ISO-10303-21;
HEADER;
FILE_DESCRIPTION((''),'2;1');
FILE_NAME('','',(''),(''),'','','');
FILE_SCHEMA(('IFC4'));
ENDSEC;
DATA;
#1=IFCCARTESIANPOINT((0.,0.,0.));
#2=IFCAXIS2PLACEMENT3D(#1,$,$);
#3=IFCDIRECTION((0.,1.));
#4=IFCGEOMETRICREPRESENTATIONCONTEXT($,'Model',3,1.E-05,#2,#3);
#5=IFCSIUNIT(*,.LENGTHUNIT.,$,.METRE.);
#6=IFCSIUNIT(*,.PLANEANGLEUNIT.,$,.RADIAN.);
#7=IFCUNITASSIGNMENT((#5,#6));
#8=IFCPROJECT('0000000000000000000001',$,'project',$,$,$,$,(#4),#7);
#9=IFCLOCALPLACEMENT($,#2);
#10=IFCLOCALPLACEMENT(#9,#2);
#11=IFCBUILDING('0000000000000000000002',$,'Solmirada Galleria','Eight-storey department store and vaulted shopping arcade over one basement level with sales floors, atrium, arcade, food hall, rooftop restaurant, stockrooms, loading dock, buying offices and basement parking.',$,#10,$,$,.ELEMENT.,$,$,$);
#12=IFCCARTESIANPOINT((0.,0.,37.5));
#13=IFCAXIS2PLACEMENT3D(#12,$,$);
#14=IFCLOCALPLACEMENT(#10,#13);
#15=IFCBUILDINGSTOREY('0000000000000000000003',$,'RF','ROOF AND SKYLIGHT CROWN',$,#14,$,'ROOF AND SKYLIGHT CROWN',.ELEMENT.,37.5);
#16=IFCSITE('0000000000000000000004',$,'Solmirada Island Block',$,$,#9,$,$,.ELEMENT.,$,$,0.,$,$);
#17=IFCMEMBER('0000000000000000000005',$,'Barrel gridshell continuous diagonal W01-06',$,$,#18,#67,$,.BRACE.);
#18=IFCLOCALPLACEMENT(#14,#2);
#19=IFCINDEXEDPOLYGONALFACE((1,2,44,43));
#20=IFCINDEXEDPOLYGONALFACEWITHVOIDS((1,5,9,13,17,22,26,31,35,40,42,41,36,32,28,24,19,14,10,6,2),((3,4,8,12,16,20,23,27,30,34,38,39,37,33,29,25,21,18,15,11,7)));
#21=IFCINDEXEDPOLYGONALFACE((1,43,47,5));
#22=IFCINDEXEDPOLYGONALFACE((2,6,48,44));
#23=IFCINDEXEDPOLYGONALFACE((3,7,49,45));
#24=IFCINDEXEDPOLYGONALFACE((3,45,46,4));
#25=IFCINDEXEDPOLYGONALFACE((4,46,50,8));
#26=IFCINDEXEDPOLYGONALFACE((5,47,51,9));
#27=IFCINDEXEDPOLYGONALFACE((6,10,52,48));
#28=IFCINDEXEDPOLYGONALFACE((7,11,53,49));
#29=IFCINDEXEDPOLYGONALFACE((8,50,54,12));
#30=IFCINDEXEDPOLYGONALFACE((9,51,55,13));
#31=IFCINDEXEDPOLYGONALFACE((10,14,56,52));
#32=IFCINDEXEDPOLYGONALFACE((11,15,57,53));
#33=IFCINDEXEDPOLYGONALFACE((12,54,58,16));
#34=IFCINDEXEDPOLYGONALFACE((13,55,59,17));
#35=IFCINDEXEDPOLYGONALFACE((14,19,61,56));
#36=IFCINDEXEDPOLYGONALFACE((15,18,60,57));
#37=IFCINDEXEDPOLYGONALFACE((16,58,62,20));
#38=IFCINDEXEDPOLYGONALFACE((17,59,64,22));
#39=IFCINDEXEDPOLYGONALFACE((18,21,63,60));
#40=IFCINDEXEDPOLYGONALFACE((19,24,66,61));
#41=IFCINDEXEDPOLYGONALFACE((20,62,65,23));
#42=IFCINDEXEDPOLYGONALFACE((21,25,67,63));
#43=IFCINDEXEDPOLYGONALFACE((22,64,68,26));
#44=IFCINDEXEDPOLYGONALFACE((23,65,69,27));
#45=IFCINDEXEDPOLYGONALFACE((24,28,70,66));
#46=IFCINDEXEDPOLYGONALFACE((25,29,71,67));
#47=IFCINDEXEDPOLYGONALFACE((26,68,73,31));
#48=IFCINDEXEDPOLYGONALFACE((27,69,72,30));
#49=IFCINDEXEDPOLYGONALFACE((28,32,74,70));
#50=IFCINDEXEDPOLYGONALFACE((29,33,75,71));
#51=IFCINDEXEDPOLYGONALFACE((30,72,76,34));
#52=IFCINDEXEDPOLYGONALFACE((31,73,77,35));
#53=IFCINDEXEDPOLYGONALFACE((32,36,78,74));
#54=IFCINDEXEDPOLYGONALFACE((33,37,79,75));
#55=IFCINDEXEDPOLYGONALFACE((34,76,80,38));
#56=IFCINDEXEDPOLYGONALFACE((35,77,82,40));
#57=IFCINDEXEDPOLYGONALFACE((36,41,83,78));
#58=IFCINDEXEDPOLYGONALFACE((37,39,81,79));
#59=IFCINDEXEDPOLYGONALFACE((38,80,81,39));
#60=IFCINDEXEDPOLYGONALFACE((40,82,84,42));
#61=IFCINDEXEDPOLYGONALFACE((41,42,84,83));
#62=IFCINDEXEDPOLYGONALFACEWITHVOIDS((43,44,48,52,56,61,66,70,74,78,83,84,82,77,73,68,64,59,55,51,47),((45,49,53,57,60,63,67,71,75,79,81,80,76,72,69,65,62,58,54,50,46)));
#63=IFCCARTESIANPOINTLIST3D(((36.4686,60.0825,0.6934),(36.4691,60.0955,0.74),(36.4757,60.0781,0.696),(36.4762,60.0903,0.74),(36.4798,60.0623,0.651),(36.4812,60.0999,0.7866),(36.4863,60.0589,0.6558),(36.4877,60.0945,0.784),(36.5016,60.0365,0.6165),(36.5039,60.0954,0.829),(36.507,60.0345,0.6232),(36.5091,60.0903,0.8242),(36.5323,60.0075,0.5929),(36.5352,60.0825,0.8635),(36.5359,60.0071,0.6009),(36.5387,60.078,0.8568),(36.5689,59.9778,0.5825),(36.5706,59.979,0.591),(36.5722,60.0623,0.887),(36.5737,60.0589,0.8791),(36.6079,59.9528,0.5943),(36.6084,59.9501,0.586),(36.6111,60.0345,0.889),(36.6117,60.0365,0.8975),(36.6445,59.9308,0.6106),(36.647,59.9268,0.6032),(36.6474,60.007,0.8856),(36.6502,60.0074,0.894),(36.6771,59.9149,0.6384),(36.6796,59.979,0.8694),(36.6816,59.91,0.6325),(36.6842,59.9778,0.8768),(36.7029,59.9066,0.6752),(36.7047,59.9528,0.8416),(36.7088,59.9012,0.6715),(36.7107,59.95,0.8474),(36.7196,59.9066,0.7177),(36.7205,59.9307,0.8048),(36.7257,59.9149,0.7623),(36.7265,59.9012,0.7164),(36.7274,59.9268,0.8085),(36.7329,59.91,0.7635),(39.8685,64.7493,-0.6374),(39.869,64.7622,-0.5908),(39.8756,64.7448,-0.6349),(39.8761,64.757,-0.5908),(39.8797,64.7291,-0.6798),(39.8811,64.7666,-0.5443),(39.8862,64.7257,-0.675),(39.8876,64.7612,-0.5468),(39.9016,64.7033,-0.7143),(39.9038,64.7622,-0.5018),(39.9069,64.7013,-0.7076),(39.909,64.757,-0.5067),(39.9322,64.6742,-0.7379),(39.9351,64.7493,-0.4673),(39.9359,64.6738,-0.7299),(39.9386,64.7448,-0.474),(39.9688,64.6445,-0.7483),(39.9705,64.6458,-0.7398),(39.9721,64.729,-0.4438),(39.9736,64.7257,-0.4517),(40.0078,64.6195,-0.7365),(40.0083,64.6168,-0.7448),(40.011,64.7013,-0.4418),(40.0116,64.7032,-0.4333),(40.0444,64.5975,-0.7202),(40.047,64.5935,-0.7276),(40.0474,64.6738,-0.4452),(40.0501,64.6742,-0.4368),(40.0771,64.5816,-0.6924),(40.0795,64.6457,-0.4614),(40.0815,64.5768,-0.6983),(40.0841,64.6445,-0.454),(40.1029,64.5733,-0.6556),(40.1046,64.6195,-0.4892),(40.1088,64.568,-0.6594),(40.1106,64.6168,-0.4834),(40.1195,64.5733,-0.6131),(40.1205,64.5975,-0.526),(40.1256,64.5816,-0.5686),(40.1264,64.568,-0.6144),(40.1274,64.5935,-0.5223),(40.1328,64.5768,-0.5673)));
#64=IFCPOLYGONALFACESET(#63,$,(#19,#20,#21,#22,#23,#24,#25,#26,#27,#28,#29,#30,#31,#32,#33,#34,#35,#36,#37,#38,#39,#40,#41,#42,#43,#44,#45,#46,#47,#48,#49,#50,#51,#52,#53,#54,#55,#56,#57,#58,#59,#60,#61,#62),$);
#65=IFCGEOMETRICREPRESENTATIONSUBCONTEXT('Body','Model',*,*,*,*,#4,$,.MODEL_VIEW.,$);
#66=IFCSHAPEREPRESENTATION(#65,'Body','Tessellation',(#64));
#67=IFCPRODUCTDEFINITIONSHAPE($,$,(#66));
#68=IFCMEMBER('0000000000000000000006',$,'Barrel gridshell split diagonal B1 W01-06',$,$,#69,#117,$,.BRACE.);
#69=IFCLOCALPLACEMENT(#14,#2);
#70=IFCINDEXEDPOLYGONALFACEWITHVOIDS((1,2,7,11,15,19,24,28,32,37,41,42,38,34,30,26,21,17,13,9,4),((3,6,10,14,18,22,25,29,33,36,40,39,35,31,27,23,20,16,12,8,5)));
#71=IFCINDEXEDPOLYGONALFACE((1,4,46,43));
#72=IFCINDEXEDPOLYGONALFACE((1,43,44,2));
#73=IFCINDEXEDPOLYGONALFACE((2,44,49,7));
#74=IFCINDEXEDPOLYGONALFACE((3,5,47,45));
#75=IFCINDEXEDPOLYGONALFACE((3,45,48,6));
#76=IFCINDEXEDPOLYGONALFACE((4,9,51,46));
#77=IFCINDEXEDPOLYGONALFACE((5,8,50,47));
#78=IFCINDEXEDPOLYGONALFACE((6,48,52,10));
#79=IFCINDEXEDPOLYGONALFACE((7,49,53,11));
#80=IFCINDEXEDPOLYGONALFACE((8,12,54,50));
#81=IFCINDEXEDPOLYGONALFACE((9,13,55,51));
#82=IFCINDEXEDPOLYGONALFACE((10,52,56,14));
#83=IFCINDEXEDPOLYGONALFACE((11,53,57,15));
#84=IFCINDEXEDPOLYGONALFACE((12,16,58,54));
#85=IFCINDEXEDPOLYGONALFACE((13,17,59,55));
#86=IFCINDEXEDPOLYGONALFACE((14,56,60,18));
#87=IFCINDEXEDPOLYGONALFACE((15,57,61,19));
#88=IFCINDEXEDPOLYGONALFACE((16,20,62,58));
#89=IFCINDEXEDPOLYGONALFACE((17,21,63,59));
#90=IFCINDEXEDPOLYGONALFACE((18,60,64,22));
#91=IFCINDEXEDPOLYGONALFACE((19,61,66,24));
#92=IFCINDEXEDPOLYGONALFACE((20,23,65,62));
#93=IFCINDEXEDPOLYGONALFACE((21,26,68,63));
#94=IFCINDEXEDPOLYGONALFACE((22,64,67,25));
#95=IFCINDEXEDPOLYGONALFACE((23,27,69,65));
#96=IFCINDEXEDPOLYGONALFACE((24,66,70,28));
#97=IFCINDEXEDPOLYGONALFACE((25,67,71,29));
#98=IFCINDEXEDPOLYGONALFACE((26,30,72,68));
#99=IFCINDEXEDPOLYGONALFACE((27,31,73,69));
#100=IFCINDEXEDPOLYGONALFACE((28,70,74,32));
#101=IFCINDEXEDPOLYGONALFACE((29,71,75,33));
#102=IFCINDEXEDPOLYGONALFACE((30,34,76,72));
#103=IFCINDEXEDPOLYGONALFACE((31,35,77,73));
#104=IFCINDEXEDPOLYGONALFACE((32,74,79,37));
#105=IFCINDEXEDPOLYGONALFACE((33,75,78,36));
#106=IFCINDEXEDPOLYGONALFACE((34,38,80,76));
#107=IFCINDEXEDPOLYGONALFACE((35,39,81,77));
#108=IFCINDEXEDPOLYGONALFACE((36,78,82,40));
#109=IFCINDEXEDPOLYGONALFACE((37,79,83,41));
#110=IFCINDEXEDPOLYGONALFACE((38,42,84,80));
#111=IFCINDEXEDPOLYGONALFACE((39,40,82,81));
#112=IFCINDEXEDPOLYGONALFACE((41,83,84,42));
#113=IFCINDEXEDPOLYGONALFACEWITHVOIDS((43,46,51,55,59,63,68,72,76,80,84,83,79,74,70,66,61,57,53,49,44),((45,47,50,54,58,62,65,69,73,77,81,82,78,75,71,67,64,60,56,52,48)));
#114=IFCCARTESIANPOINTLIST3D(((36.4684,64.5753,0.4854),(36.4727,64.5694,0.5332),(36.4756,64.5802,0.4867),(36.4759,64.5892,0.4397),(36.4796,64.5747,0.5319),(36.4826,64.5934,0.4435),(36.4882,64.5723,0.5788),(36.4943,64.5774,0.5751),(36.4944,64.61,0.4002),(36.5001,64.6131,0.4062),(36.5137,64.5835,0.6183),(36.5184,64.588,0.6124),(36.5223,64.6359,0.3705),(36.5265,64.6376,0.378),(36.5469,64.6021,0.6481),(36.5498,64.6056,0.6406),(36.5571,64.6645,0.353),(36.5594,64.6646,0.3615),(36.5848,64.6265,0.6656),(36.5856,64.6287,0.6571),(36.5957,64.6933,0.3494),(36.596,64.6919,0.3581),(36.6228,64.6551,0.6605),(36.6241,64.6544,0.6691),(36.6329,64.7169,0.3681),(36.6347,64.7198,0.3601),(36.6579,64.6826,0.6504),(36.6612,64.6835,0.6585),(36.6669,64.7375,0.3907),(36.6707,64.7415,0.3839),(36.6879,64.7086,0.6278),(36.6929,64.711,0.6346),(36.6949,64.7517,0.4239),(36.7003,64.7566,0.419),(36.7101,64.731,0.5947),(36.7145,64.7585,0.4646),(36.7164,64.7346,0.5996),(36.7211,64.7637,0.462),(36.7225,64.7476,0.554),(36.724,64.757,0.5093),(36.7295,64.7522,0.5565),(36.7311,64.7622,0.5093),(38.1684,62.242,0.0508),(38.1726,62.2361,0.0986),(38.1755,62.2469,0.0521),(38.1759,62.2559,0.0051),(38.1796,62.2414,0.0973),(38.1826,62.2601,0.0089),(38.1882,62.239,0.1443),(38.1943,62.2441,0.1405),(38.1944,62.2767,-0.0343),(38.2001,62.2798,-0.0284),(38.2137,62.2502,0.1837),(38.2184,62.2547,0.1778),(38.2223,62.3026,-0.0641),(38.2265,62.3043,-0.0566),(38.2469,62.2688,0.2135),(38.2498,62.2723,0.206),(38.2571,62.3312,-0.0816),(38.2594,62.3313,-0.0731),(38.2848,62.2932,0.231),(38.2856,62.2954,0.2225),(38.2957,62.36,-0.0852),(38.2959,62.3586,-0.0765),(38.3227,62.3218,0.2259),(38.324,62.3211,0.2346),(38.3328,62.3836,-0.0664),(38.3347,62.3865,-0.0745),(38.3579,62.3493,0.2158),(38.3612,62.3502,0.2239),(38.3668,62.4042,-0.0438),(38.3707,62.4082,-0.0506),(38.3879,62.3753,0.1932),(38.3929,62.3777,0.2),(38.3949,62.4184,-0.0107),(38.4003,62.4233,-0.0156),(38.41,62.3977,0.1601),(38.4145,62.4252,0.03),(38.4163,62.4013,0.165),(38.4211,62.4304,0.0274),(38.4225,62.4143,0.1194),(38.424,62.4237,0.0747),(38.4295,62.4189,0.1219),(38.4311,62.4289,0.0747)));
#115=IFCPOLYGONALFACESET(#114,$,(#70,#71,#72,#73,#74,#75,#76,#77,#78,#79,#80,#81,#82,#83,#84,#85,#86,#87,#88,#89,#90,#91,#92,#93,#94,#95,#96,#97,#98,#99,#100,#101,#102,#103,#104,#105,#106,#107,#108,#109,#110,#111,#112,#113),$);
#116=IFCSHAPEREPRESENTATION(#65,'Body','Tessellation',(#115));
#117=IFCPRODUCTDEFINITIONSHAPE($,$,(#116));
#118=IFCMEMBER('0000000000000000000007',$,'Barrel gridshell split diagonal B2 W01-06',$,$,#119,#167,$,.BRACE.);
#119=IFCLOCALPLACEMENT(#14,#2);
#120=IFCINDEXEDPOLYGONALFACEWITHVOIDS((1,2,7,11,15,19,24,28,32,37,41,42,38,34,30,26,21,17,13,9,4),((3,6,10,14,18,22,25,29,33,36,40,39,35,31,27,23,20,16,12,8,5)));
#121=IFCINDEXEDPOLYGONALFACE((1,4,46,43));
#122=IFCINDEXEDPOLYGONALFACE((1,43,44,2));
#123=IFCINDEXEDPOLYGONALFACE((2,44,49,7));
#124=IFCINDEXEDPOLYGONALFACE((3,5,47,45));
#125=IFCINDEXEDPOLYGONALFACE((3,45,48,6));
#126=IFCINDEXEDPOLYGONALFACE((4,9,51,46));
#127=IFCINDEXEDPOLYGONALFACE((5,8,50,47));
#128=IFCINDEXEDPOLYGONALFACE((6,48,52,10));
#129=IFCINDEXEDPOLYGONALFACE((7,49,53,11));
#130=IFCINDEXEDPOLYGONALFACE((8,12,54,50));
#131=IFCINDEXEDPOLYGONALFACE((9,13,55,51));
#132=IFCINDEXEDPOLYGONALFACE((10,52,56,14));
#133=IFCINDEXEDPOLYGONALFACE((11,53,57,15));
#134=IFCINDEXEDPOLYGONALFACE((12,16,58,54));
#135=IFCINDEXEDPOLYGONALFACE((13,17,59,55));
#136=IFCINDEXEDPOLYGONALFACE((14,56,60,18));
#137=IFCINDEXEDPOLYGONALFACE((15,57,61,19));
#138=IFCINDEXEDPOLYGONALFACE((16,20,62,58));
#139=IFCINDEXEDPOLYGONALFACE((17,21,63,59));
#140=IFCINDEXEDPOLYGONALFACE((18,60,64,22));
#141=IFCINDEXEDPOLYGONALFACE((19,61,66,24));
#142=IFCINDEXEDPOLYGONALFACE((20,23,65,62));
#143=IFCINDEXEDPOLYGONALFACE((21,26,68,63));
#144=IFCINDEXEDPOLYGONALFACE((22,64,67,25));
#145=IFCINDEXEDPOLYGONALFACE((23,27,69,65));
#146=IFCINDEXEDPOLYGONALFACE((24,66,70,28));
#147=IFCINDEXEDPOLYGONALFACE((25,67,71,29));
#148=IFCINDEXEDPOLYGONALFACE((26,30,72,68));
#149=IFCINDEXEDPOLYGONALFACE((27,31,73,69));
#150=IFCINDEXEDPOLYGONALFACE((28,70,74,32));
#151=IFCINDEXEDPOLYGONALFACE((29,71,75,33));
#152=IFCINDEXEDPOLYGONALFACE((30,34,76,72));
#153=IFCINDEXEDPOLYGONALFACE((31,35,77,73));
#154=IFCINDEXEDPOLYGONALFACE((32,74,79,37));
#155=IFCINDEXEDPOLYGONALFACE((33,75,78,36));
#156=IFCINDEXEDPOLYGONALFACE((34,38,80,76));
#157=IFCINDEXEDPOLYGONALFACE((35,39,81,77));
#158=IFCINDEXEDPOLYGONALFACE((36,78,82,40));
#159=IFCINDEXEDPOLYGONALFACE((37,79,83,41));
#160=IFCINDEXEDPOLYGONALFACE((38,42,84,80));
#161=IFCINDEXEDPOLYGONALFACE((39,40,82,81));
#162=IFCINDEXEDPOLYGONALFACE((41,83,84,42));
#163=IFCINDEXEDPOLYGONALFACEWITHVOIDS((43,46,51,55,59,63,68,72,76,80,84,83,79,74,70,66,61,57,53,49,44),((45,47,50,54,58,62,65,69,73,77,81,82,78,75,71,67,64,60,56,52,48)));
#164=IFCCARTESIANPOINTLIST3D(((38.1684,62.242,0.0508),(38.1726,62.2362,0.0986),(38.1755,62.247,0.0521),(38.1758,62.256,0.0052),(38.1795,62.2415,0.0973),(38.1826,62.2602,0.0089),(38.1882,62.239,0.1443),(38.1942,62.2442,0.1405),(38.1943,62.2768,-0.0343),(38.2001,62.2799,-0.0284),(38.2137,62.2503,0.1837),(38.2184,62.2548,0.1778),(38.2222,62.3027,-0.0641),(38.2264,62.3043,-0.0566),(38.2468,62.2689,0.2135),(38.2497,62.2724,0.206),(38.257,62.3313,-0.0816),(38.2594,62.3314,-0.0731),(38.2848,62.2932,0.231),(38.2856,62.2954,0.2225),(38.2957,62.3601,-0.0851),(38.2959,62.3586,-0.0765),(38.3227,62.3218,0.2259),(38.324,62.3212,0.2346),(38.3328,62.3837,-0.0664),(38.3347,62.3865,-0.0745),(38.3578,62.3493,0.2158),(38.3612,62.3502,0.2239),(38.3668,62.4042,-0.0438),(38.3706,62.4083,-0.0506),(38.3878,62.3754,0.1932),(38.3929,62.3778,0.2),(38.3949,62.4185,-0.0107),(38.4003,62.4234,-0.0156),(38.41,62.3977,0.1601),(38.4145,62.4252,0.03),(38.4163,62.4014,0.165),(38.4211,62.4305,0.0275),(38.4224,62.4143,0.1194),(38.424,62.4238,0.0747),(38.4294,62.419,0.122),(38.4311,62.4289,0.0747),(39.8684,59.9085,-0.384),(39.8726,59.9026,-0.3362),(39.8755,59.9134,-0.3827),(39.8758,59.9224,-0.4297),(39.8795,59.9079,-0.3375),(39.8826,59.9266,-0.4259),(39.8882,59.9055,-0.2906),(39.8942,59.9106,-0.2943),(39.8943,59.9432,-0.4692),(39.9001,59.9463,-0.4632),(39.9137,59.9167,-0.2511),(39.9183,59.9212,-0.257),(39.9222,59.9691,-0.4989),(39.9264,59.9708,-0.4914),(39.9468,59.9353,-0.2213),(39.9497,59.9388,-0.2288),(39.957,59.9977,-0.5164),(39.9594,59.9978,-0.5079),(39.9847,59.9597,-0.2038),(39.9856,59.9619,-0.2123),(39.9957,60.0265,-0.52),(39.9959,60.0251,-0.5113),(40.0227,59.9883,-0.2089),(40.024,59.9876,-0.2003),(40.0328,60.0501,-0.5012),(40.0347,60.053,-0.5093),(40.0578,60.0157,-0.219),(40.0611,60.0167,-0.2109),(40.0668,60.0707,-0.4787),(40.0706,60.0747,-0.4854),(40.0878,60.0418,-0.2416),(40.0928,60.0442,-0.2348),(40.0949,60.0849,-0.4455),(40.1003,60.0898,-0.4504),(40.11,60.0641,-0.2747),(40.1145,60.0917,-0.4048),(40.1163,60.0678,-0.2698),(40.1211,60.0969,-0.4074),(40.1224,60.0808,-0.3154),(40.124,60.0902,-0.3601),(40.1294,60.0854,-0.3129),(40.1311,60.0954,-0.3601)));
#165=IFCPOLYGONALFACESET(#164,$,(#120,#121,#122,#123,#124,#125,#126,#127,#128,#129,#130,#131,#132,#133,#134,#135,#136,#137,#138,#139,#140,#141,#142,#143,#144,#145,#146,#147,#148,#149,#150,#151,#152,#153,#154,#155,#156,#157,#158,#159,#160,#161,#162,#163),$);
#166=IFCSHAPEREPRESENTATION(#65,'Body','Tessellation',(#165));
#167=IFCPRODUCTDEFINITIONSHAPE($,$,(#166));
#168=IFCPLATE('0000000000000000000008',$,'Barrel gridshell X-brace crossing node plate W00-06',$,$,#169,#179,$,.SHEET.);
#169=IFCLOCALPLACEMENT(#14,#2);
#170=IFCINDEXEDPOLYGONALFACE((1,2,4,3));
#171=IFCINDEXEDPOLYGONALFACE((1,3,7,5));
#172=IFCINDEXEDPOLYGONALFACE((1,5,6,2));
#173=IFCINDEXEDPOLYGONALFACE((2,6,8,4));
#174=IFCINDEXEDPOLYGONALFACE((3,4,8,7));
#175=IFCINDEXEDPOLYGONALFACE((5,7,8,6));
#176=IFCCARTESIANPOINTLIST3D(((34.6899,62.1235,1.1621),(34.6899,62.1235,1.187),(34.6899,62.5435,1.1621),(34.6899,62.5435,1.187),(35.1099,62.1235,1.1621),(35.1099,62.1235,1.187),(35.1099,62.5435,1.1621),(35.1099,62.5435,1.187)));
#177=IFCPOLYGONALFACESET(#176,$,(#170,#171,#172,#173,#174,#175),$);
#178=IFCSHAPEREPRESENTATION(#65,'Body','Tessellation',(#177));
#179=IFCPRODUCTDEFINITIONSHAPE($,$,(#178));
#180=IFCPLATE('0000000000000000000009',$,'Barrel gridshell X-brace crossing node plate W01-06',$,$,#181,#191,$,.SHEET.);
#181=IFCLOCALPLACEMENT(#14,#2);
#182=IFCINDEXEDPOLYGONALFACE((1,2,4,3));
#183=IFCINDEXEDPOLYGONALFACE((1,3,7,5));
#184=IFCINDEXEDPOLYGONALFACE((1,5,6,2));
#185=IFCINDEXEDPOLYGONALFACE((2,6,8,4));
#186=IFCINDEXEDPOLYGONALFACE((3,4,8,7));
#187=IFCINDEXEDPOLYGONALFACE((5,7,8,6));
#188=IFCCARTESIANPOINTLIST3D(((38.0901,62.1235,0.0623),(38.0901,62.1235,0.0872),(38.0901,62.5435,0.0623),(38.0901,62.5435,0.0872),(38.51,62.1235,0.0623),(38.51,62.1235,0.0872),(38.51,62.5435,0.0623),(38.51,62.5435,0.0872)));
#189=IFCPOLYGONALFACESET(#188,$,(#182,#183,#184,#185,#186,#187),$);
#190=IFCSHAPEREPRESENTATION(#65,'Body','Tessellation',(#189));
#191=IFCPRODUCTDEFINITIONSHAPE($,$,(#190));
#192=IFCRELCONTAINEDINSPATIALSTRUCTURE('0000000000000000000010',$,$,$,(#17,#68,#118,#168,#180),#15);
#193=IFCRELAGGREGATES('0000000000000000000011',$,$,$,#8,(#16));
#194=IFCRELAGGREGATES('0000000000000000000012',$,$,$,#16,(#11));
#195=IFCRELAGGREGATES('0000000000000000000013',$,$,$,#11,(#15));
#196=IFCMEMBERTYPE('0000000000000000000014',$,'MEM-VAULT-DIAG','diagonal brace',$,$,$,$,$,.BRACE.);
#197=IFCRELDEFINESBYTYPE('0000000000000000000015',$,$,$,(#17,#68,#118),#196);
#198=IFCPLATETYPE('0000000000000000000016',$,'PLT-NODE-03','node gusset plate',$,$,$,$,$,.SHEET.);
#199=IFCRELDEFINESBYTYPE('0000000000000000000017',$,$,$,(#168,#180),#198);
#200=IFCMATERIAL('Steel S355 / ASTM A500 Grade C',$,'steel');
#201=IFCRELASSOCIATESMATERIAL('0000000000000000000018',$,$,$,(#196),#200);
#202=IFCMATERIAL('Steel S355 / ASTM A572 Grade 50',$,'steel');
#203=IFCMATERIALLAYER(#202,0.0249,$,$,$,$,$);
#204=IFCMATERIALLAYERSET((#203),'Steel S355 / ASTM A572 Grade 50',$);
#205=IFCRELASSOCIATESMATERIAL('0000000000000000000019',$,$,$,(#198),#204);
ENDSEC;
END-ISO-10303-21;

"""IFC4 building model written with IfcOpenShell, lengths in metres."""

from ifc_helpers import new_model, si_unit, direction, frame, origin, origin_2d, place, context, subcontext, project, spatial, rectangle, hollow_circle, extrude, material, layer, layer_set, material_profile, profile_set, type_object, element, save


model = new_model("IFC4")

# Units and contexts
model_context = context("Model", 3, precision=1e-05, world=origin(), true_north=direction((0.0, 1.0)))
body_context = subcontext(model_context, "Body", "Model", "MODEL_VIEW")
ifc_project = project(units=[si_unit("LENGTHUNIT", "METRE"), si_unit("PLANEANGLEUNIT", "RADIAN")], contexts=[model_context])

# Site, building, storey
site_placement = place(None, origin())
site = spatial("IfcSite", under=ifc_project, at=site_placement, Name="Solmirada Island Block", CompositionType="ELEMENT", RefElevation=0.0)
building_placement = place(site_placement, origin())
building = spatial("IfcBuilding", under=site, at=building_placement, Name="Solmirada Galleria", Description="Eight-storey department store and vaulted shopping arcade over one basement level with sales floors, atrium, arcade, food hall, rooftop restaurant, stockrooms, loading dock, buying offices and basement parking.", CompositionType="ELEMENT")
storey_placement = place(building_placement, frame((0.0, 0.0, 37.5)))
storey = spatial("IfcBuildingStorey", under=building, at=storey_placement, Name="RF", Description="ROOF AND SKYLIGHT CROWN", LongName="ROOF AND SKYLIGHT CROWN", CompositionType="ELEMENT", Elevation=37.5)

# Members
ifc_material_1 = material(Name="Steel S355 / ASTM A500 Grade C", Category="steel")
ifc_material_profile_1 = material_profile(ifc_material_1, hollow_circle(Radius=0.1621, WallThickness=0.0088, at=origin_2d()), Name="HSS12.750X0.375")
ifc_profile_set_1 = profile_set([ifc_material_profile_1], Name="Steel S355 / ASTM A500 Grade C")
member_type_1 = type_object("IfcMemberType", Name="MEM-VAULT-DIAG", Description="diagonal brace", PredefinedType="BRACE", material=ifc_profile_set_1)
member_1_placement = place(storey_placement, frame((36.6001, 60.0, 0.74), z_axis=(0.573796, 0.7876, -0.224599), x_axis=(-0.808249, 0.58884, 0.0)))
element("IfcMember", 1, at=member_1_placement, inside=storey, type_object=member_type_1, Name="Barrel gridshell continuous diagonal W01-06", PredefinedType="BRACE", context=body_context, shape_type="SweptSolid", body=[
    extrude(hollow_circle(Radius=0.1621, WallThickness=0.0088, at=origin_2d()), origin(), (0.0, 0.0, 1.0), 5.9253),
])
member_2_placement = place(storey_placement, frame((36.6001, 64.6667, 0.5093), z_axis=(0.5823, -0.79923, -0.148857), x_axis=(0.808235, 0.58886, 0.0)))
element("IfcMember", 2, at=member_2_placement, inside=storey, type_object=member_type_1, Name="Barrel gridshell split diagonal B1 W01-06", PredefinedType="BRACE", context=body_context, shape_type="SweptSolid", body=[
    extrude(hollow_circle(Radius=0.1621, WallThickness=0.0088, at=origin_2d()), origin(), (0.0, 0.0, 1.0), 2.9194),
])
member_3_placement = place(storey_placement, frame((38.3, 62.3335, 0.0747), z_axis=(0.582254, -0.79925, -0.148929), x_axis=(0.808264, 0.58882, 0.0)))
element("IfcMember", 3, at=member_3_placement, inside=storey, type_object=member_type_1, Name="Barrel gridshell split diagonal B2 W01-06", PredefinedType="BRACE", context=body_context, shape_type="SweptSolid", body=[
    extrude(hollow_circle(Radius=0.1621, WallThickness=0.0088, at=origin_2d()), origin(), (0.0, 0.0, 1.0), 2.9197),
])

# Plates
ifc_material_2 = material(Name="Steel S355 / ASTM A572 Grade 50", Category="steel")
ifc_layer_1 = layer(ifc_material_2, 0.0249)
ifc_layer_set_1 = layer_set([ifc_layer_1], Name="Steel S355 / ASTM A572 Grade 50")
plate_type_1 = type_object("IfcPlateType", Name="PLT-NODE-03", Description="node gusset plate", PredefinedType="SHEET", material=ifc_layer_set_1)
for number, where, z_axis, x_axis, name in (
    (4, (34.8999, 62.3335, 1.1621), (0.0, 0.0, 1.0), (1.0, 0.0, 0.0), "Barrel gridshell X-brace crossing node plate W00-06"),
    (5, (38.3, 62.3335, 0.0623), (0.0, 0.0, 1.0), (1.0, 0.0, 0.0), "Barrel gridshell X-brace crossing node plate W01-06"),
):
    element("IfcPlate", number, at=place(storey_placement, frame(where, z_axis=z_axis, x_axis=x_axis)), inside=storey, type_object=plate_type_1, Name=name, PredefinedType="SHEET", context=body_context, shape_type="SweptSolid", body=[
        extrude(rectangle(XDim=0.4199, YDim=0.4199, at=origin_2d()), origin(), (0.0, 0.0, 1.0), 0.0249),
    ])

save(model, "model.ifc")
